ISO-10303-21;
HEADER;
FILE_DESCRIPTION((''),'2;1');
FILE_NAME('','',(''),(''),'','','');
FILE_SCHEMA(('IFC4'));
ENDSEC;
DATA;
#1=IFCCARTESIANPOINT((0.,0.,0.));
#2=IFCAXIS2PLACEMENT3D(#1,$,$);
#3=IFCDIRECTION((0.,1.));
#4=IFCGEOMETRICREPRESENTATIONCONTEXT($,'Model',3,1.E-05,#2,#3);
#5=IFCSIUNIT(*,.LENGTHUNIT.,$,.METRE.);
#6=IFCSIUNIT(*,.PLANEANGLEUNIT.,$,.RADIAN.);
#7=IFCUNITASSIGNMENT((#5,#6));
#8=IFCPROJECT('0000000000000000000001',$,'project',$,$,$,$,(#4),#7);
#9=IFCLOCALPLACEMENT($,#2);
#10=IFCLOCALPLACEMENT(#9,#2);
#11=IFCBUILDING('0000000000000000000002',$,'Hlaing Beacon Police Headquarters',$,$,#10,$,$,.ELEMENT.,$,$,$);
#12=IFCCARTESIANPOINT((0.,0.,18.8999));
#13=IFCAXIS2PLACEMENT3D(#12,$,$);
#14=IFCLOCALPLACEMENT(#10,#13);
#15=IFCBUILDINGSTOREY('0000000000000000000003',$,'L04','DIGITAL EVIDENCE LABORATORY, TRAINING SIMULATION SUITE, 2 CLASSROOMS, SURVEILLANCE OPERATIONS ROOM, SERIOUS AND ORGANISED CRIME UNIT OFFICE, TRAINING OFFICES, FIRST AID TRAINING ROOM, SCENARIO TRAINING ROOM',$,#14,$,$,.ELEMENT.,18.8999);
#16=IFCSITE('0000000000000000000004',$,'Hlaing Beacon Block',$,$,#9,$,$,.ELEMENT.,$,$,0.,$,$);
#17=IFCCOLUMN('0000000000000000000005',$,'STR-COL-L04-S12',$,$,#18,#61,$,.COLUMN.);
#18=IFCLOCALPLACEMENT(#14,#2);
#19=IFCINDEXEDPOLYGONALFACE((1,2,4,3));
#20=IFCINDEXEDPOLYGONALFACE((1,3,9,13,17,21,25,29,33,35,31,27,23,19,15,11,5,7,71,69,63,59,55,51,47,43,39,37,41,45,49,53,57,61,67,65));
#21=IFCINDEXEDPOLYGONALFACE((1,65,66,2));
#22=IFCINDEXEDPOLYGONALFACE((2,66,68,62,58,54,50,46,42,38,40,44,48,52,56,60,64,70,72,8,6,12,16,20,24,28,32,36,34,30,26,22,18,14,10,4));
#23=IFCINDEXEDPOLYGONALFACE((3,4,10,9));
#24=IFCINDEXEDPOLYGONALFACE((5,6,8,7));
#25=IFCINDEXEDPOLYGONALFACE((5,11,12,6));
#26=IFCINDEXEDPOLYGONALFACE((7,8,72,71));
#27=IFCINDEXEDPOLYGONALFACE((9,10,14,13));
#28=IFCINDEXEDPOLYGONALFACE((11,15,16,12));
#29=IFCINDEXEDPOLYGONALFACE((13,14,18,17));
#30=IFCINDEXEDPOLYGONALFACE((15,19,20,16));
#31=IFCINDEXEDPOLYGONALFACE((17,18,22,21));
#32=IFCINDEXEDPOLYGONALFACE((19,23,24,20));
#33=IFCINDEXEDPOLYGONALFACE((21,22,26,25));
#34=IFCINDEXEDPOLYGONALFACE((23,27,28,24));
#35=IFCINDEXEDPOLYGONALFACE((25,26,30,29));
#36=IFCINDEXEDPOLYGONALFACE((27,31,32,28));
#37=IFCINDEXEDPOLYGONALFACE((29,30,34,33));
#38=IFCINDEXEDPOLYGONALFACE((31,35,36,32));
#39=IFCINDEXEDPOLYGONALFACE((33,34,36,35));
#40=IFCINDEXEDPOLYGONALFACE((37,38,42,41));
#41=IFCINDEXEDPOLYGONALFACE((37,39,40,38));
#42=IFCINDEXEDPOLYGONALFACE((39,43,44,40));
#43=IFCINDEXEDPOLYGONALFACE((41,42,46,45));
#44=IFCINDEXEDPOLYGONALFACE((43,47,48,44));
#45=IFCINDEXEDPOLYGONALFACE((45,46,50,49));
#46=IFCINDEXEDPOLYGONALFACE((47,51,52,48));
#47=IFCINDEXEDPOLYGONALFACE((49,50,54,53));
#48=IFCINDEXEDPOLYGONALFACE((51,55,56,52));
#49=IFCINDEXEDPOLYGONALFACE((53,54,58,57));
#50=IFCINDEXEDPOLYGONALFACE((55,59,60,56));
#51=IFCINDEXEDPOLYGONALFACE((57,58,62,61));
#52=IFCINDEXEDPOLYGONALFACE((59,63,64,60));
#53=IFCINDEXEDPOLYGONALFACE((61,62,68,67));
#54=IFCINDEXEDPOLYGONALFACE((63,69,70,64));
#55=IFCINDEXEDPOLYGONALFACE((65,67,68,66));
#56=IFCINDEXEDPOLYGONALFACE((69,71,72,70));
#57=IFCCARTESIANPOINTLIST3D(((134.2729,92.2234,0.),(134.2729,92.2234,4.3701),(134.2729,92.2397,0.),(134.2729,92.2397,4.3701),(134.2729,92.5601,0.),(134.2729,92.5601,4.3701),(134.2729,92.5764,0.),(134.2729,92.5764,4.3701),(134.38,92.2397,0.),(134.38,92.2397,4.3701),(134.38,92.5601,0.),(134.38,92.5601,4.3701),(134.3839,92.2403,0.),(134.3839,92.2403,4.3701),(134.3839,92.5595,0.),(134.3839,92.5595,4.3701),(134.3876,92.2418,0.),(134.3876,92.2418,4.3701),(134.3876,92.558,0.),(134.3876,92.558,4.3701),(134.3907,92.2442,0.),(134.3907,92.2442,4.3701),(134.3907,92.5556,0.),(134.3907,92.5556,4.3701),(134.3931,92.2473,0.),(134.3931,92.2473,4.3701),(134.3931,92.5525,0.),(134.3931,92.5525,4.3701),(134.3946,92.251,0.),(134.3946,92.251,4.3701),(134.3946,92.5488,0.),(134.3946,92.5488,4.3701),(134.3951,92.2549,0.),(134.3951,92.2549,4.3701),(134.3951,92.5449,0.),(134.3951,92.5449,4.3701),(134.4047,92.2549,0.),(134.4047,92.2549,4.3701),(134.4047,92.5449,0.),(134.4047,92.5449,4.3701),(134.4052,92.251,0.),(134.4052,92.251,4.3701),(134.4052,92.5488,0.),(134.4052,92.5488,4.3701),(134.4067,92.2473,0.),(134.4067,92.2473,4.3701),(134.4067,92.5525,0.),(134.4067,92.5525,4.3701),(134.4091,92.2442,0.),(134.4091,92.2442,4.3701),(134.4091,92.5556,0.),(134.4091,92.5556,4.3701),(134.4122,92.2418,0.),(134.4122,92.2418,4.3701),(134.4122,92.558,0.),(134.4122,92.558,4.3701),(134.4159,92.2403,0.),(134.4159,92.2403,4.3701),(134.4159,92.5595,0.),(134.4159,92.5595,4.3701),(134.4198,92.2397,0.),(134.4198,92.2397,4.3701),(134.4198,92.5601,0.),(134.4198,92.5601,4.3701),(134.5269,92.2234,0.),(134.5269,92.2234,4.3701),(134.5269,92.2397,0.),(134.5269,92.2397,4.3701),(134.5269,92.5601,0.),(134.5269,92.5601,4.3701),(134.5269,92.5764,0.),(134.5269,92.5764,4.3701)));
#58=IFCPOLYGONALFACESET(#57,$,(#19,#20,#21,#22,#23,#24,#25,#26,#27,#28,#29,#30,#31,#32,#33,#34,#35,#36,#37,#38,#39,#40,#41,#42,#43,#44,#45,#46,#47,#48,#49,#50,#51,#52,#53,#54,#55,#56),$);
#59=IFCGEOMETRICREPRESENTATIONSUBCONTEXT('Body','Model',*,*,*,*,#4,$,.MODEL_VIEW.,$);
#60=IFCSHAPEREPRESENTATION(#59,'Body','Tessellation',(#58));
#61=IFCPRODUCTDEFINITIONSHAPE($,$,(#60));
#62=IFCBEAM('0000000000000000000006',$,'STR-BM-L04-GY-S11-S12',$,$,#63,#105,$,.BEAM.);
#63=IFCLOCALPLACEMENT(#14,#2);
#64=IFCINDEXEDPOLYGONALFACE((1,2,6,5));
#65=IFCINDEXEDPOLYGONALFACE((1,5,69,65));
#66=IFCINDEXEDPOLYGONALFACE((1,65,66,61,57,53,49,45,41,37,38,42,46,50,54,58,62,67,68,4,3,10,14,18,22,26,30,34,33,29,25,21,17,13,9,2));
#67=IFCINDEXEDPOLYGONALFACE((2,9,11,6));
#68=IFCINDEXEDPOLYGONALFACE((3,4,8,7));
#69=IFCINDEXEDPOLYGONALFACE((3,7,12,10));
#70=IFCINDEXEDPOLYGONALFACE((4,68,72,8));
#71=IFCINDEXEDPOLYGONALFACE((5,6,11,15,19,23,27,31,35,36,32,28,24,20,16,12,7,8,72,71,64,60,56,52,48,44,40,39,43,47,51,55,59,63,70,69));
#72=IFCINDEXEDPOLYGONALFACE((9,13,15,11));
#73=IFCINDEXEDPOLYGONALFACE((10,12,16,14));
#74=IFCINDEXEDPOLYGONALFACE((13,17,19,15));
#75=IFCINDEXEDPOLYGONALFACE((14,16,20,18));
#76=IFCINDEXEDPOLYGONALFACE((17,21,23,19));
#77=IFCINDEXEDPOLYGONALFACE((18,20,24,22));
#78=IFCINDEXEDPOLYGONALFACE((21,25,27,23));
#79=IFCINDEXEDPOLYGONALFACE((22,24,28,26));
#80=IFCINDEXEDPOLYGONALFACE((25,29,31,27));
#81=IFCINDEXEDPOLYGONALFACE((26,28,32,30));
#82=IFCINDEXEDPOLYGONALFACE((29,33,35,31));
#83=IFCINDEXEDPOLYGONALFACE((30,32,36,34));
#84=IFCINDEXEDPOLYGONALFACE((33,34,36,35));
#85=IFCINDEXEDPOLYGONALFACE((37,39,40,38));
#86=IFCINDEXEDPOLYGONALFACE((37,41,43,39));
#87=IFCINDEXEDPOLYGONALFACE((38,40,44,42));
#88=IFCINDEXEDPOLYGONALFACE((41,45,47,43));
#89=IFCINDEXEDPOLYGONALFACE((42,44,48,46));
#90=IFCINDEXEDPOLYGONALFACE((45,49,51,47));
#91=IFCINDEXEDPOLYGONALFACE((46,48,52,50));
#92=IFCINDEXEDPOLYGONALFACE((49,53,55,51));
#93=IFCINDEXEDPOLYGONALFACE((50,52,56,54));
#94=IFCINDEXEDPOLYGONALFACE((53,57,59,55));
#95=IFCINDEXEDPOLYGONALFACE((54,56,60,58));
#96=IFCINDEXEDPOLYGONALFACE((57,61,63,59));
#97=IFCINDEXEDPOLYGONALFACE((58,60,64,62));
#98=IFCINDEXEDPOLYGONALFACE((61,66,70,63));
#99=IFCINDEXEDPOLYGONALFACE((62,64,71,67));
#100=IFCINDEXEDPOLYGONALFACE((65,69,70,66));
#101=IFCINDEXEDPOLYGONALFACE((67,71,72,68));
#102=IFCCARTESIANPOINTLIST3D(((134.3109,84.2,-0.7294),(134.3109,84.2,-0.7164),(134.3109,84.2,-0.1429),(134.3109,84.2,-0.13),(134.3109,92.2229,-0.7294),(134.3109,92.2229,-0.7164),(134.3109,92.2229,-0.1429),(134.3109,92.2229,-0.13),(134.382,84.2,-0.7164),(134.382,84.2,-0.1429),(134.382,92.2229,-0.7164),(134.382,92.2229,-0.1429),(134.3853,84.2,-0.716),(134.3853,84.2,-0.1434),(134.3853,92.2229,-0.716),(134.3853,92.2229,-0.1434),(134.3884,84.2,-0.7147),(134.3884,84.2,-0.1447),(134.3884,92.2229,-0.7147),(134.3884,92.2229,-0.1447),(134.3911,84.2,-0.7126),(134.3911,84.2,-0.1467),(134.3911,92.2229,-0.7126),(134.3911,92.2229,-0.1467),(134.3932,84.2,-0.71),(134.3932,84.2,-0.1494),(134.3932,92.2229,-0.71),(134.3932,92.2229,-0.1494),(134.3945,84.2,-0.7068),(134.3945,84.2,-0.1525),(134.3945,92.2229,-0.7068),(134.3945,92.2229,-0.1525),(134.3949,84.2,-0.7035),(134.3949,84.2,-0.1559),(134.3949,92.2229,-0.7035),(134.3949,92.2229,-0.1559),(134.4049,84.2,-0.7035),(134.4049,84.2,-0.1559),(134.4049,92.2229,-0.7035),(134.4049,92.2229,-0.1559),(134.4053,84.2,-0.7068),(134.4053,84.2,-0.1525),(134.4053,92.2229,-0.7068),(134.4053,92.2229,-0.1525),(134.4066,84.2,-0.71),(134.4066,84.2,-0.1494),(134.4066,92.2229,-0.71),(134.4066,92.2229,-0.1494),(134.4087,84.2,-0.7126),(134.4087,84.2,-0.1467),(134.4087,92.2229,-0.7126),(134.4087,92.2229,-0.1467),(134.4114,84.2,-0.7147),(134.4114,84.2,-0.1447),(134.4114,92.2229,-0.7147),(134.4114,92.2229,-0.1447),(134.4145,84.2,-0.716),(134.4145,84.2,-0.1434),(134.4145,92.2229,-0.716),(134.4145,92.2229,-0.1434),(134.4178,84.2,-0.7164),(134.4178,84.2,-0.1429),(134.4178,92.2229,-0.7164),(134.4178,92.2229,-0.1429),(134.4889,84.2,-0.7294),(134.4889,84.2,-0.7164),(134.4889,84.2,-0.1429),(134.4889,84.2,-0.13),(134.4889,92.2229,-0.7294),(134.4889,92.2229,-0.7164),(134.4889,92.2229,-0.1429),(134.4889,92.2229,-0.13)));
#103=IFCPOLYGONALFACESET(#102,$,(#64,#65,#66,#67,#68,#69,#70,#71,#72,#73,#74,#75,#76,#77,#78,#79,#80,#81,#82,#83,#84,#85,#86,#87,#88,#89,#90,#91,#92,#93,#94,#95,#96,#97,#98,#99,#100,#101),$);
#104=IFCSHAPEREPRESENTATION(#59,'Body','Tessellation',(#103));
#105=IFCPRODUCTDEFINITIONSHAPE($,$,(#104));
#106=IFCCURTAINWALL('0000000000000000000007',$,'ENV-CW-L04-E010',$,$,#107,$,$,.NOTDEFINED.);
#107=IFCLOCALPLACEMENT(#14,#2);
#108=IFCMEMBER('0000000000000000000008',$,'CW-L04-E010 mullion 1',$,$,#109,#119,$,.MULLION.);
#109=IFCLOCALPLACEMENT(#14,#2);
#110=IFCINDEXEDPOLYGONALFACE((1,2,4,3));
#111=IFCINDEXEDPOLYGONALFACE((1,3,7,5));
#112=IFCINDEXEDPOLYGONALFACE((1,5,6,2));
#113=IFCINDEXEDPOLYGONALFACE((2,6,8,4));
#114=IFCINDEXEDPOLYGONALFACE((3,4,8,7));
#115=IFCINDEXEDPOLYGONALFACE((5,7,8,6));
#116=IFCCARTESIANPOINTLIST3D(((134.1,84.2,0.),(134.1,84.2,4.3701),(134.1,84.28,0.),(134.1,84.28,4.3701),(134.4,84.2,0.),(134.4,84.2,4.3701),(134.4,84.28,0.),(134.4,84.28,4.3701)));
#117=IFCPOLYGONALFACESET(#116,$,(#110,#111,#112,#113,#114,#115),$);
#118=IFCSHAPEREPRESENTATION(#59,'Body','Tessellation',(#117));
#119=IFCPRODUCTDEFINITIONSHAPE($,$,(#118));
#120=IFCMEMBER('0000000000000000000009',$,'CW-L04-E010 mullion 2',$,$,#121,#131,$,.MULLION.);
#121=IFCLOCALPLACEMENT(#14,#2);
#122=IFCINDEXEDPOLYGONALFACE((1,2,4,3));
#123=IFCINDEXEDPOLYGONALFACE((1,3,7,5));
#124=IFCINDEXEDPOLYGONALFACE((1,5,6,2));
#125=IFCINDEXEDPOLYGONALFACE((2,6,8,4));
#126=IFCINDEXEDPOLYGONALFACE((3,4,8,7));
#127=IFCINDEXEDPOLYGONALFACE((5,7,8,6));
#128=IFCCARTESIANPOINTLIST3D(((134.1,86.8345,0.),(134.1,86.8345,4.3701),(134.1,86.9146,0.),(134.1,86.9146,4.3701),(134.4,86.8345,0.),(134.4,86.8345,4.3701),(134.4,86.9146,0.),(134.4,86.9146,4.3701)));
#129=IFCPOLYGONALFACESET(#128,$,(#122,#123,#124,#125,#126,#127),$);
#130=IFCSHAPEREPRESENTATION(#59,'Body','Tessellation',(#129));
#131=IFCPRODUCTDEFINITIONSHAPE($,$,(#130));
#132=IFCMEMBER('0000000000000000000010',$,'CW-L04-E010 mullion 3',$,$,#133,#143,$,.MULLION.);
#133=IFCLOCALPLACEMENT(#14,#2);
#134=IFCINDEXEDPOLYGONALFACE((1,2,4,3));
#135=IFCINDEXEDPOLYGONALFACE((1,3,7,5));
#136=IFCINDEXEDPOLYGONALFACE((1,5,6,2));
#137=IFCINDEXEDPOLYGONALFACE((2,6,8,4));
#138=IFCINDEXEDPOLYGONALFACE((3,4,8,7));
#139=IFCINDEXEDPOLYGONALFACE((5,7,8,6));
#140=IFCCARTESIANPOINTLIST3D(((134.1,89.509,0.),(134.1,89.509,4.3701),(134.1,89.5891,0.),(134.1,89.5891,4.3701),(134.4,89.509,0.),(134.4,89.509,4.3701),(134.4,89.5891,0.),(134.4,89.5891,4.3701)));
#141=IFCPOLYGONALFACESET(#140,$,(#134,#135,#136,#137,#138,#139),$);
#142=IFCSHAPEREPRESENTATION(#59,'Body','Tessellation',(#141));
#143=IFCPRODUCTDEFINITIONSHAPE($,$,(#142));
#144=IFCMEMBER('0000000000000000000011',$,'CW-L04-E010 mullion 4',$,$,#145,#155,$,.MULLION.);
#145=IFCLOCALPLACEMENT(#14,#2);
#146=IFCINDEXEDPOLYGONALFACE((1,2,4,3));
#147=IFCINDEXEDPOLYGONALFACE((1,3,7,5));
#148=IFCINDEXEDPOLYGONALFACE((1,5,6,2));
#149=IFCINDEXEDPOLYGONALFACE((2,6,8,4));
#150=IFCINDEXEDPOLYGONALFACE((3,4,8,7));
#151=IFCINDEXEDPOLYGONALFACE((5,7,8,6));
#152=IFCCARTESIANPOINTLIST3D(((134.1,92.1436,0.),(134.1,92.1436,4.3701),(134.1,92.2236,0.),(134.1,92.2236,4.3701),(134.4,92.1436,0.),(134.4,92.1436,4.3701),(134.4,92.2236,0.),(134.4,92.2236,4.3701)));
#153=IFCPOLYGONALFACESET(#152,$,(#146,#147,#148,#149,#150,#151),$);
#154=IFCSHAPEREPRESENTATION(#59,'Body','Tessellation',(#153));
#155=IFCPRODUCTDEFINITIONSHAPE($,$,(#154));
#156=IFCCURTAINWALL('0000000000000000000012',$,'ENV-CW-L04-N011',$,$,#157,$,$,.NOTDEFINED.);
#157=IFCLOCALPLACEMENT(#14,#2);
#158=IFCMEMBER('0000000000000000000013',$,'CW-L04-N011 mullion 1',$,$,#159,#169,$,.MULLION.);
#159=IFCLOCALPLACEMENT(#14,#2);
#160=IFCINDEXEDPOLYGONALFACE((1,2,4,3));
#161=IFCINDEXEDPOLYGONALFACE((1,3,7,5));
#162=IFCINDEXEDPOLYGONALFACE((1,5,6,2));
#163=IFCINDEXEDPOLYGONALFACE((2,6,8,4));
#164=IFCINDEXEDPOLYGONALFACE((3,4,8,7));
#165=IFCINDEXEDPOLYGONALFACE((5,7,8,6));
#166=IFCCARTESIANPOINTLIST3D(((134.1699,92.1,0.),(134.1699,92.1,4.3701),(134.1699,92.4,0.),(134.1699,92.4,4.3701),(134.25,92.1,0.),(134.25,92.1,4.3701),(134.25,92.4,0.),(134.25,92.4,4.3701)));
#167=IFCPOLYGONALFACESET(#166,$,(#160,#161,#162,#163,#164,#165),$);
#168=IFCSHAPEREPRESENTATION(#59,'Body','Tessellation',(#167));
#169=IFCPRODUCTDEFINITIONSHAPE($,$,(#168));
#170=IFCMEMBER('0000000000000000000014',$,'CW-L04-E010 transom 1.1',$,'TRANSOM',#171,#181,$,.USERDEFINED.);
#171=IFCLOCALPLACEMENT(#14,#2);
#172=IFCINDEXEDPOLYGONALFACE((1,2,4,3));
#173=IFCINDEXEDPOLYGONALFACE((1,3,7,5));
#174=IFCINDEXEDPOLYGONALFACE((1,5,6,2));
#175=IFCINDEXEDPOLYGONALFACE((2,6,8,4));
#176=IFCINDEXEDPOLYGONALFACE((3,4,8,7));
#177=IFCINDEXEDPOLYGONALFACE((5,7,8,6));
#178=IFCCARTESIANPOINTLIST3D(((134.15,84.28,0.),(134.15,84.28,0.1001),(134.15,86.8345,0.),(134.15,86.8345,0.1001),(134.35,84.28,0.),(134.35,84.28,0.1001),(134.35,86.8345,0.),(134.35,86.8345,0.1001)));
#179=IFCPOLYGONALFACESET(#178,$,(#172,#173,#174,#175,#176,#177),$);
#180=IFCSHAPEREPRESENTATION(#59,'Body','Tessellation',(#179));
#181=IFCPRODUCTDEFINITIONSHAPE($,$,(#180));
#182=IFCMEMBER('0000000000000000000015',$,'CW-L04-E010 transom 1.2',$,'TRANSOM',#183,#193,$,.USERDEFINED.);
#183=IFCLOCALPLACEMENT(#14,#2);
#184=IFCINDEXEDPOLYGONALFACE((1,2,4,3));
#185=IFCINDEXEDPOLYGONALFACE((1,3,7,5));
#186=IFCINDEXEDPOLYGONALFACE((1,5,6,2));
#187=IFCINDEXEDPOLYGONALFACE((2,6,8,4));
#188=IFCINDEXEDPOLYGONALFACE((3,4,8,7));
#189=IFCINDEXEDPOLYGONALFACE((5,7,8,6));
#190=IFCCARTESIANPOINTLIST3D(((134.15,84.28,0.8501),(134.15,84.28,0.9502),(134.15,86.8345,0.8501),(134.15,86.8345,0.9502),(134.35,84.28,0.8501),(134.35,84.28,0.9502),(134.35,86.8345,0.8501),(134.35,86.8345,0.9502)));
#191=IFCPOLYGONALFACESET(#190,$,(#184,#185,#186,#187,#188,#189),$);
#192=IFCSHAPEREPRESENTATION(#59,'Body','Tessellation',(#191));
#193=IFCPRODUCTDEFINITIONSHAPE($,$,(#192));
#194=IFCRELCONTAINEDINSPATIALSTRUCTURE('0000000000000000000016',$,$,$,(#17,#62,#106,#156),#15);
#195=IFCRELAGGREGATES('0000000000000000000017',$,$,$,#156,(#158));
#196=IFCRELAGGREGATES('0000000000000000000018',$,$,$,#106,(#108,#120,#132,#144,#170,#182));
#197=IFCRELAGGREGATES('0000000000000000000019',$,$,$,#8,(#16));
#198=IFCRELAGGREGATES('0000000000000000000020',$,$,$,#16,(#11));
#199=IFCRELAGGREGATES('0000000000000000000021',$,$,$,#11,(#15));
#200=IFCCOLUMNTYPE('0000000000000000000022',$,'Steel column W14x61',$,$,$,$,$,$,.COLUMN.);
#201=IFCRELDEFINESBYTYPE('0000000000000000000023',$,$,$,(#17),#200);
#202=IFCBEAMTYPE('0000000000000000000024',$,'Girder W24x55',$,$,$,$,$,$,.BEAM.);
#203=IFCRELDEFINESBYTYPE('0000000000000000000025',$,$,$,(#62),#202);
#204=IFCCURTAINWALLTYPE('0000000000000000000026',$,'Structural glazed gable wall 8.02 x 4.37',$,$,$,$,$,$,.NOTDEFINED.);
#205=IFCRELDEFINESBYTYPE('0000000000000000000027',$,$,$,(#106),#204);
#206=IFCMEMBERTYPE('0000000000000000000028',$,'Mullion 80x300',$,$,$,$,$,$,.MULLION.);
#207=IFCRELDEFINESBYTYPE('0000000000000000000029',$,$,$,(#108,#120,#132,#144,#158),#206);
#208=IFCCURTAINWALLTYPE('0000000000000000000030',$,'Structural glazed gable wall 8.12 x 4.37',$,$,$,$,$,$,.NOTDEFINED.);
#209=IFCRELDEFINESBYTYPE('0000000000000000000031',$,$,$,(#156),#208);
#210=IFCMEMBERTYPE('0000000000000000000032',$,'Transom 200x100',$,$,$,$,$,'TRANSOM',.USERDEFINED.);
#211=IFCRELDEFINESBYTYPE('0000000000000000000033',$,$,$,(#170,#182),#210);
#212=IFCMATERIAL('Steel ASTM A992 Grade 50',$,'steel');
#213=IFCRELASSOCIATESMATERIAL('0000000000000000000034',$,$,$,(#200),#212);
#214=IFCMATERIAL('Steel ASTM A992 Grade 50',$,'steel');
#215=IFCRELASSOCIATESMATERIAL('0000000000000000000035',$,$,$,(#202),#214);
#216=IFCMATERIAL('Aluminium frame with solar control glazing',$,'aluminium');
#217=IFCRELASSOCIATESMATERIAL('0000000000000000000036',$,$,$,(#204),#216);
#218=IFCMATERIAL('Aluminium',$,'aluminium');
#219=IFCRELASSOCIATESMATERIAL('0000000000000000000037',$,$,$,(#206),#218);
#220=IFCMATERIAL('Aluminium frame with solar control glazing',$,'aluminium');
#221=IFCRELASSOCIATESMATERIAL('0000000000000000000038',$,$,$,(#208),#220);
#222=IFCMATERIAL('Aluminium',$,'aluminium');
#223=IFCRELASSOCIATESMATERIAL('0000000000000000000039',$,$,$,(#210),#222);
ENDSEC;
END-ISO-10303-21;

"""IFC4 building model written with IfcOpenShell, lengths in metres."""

from ifc_helpers import new_model, si_unit, direction, frame, origin, origin_2d, place, context, subcontext, project, spatial, rectangle, i_section, extrude, material, material_profile, profile_set, type_object, element, aggregate, save


model = new_model("IFC4")

# Units and contexts
model_context = context("Model", 3, precision=1e-05, world=origin(), true_north=direction((0.0, 1.0)))
body_context = subcontext(model_context, "Body", "Model", "MODEL_VIEW")
ifc_project = project(units=[si_unit("LENGTHUNIT", "METRE"), si_unit("PLANEANGLEUNIT", "RADIAN")], contexts=[model_context])

# Site, building, storey
site_placement = place(None, origin())
site = spatial("IfcSite", under=ifc_project, at=site_placement, Name="Hlaing Beacon Block", CompositionType="ELEMENT", RefElevation=0.0)
building_placement = place(site_placement, origin())
building = spatial("IfcBuilding", under=site, at=building_placement, Name="Hlaing Beacon Police Headquarters", CompositionType="ELEMENT")
storey_placement = place(building_placement, frame((0.0, 0.0, 18.8999)))
storey = spatial("IfcBuildingStorey", under=building, at=storey_placement, Name="L04", Description="DIGITAL EVIDENCE LABORATORY, TRAINING SIMULATION SUITE, 2 CLASSROOMS, SURVEILLANCE OPERATIONS ROOM, SERIOUS AND ORGANISED CRIME UNIT OFFICE, TRAINING OFFICES, FIRST AID TRAINING ROOM, SCENARIO TRAINING ROOM", CompositionType="ELEMENT", Elevation=18.8999)

# Column
ifc_material_1 = material(Name="Steel ASTM A992 Grade 50", Category="steel")
ifc_material_profile_1 = material_profile(ifc_material_1, i_section(OverallWidth=0.2539, OverallDepth=0.353, WebThickness=0.0095, FlangeThickness=0.0164, FilletRadius=0.0151, at=origin_2d()), Name="W14x61")
ifc_profile_set_1 = profile_set([ifc_material_profile_1], Name="Steel ASTM A992 Grade 50")
column_type = type_object("IfcColumnType", Name="Steel column W14x61", PredefinedType="COLUMN", material=ifc_profile_set_1)
column_placement = place(storey_placement, frame((134.3999, 92.3999, 0.0), z_axis=(0.0, 0.0, 1.0), x_axis=(1.0, 0.0, 0.0)))
element("IfcColumn", 1, at=column_placement, inside=storey, type_object=column_type, Name="STR-COL-L04-S12", PredefinedType="COLUMN", context=body_context, shape_type="SweptSolid", body=[
    extrude(i_section(OverallWidth=0.2539, OverallDepth=0.353, WebThickness=0.0095, FlangeThickness=0.0164, FilletRadius=0.0151, at=origin_2d()), origin(), (0.0, 0.0, 1.0), 4.3701),
])

# Beam
ifc_material_2 = material(Name="Steel ASTM A992 Grade 50", Category="steel")
ifc_material_profile_2 = material_profile(ifc_material_2, i_section(OverallWidth=0.178, OverallDepth=0.5994, WebThickness=0.01, FlangeThickness=0.0129, FilletRadius=0.0129, at=origin_2d()), Name="W24x55")
ifc_profile_set_2 = profile_set([ifc_material_profile_2], Name="Steel ASTM A992 Grade 50")
beam_type = type_object("IfcBeamType", Name="Girder W24x55", PredefinedType="BEAM", material=ifc_profile_set_2)
beam_placement = place(storey_placement, frame((134.3999, 84.2, -0.4297), z_axis=(0.0, 1.0, 0.0), x_axis=(-1.0, 0.0, 0.0)))
element("IfcBeam", 2, at=beam_placement, inside=storey, type_object=beam_type, Name="STR-BM-L04-GY-S11-S12", PredefinedType="BEAM", context=body_context, shape_type="SweptSolid", body=[
    extrude(i_section(OverallWidth=0.178, OverallDepth=0.5994, WebThickness=0.01, FlangeThickness=0.0129, FilletRadius=0.0129, at=origin_2d()), origin(), (0.0, 0.0, 1.0), 8.0229),
])

# Curtain wall, members
ifc_material_3 = material(Name="Aluminium frame with solar control glazing", Category="aluminium")
curtain_wall_type_1 = type_object("IfcCurtainWallType", Name="Structural glazed gable wall 8.02 x 4.37", PredefinedType="NOTDEFINED", material=ifc_material_3)
curtain_wall_1_placement = place(storey_placement, origin())
curtain_wall_1 = element("IfcCurtainWall", 3, at=curtain_wall_1_placement, inside=storey, type_object=curtain_wall_type_1, Name="ENV-CW-L04-E010", PredefinedType="NOTDEFINED")
ifc_material_4 = material(Name="Aluminium", Category="aluminium")
ifc_material_profile_3 = material_profile(ifc_material_4, rectangle(XDim=0.3, YDim=0.0801, at=origin_2d()), Name="Mullion 80x300")
ifc_profile_set_3 = profile_set([ifc_material_profile_3], Name="Aluminium")
member_type_1 = type_object("IfcMemberType", Name="Mullion 80x300", PredefinedType="MULLION", material=ifc_profile_set_3)
member_1_placement = place(storey_placement, frame((134.25, 84.24, 0.0), z_axis=(0.0, 0.0, 1.0), x_axis=(-1.0, 0.0, 0.0)))
member_1 = element("IfcMember", 4, at=member_1_placement, type_object=member_type_1, Name="CW-L04-E010 mullion 1", PredefinedType="MULLION", context=body_context, shape_type="SweptSolid", body=[
    extrude(rectangle(XDim=0.3, YDim=0.0801, at=origin_2d()), origin(), (0.0, 0.0, 1.0), 4.3701),
])
member_2_placement = place(storey_placement, frame((134.25, 86.8745, 0.0), z_axis=(0.0, 0.0, 1.0), x_axis=(-1.0, 0.0, 0.0)))
member_2 = element("IfcMember", 5, at=member_2_placement, type_object=member_type_1, Name="CW-L04-E010 mullion 2", PredefinedType="MULLION", context=body_context, shape_type="SweptSolid", body=[
    extrude(rectangle(XDim=0.3, YDim=0.0801, at=origin_2d()), origin(), (0.0, 0.0, 1.0), 4.3701),
])
member_3_placement = place(storey_placement, frame((134.25, 89.5491, 0.0), z_axis=(0.0, 0.0, 1.0), x_axis=(-1.0, 0.0, 0.0)))
member_3 = element("IfcMember", 6, at=member_3_placement, type_object=member_type_1, Name="CW-L04-E010 mullion 3", PredefinedType="MULLION", context=body_context, shape_type="SweptSolid", body=[
    extrude(rectangle(XDim=0.3, YDim=0.0801, at=origin_2d()), origin(), (0.0, 0.0, 1.0), 4.3701),
])
member_4_placement = place(storey_placement, frame((134.25, 92.1836, 0.0), z_axis=(0.0, 0.0, 1.0), x_axis=(-1.0, 0.0, 0.0)))
member_4 = element("IfcMember", 7, at=member_4_placement, type_object=member_type_1, Name="CW-L04-E010 mullion 4", PredefinedType="MULLION", context=body_context, shape_type="SweptSolid", body=[
    extrude(rectangle(XDim=0.3, YDim=0.0801, at=origin_2d()), origin(), (0.0, 0.0, 1.0), 4.3701),
])

# Curtain wall, member
ifc_material_5 = material(Name="Aluminium frame with solar control glazing", Category="aluminium")
curtain_wall_type_2 = type_object("IfcCurtainWallType", Name="Structural glazed gable wall 8.12 x 4.37", PredefinedType="NOTDEFINED", material=ifc_material_5)
curtain_wall_2_placement = place(storey_placement, origin())
curtain_wall_2 = element("IfcCurtainWall", 8, at=curtain_wall_2_placement, inside=storey, type_object=curtain_wall_type_2, Name="ENV-CW-L04-N011", PredefinedType="NOTDEFINED")
member_5_placement = place(storey_placement, frame((134.21, 92.25, 0.0), z_axis=(0.0, 0.0, 1.0), x_axis=(0.0, -1.0, 0.0)))
member_5 = element("IfcMember", 9, at=member_5_placement, type_object=member_type_1, Name="CW-L04-N011 mullion 1", PredefinedType="MULLION", context=body_context, shape_type="SweptSolid", body=[
    extrude(rectangle(XDim=0.3, YDim=0.0801, at=origin_2d()), origin(), (0.0, 0.0, 1.0), 4.3701),
])

# Members
ifc_material_6 = material(Name="Aluminium", Category="aluminium")
ifc_material_profile_4 = material_profile(ifc_material_6, rectangle(XDim=0.2, YDim=0.1001, at=origin_2d()), Name="Transom 200x100")
ifc_profile_set_4 = profile_set([ifc_material_profile_4], Name="Aluminium")
member_type_2 = type_object("IfcMemberType", Name="Transom 200x100", ElementType="TRANSOM", PredefinedType="USERDEFINED", material=ifc_profile_set_4)
member_6_placement = place(storey_placement, frame((134.25, 84.28, 0.05), z_axis=(0.0, 1.0, 0.0), x_axis=(-1.0, 0.0, 0.0)))
member_6 = element("IfcMember", 10, at=member_6_placement, type_object=member_type_2, Name="CW-L04-E010 transom 1.1", ObjectType="TRANSOM", PredefinedType="USERDEFINED", context=body_context, shape_type="SweptSolid", body=[
    extrude(rectangle(XDim=0.2, YDim=0.1001, at=origin_2d()), origin(), (0.0, 0.0, 1.0), 2.5544),
])
member_7_placement = place(storey_placement, frame((134.25, 84.28, 0.9001), z_axis=(0.0, 1.0, 0.0), x_axis=(-1.0, 0.0, 0.0)))
member_7 = element("IfcMember", 11, at=member_7_placement, type_object=member_type_2, Name="CW-L04-E010 transom 1.2", ObjectType="TRANSOM", PredefinedType="USERDEFINED", context=body_context, shape_type="SweptSolid", body=[
    extrude(rectangle(XDim=0.2, YDim=0.1001, at=origin_2d()), origin(), (0.0, 0.0, 1.0), 2.5544),
])
aggregate(curtain_wall_2, [member_5])

aggregate(curtain_wall_1, [member_1, member_2, member_3, member_4, member_6, member_7])

save(model, "model.ifc")
